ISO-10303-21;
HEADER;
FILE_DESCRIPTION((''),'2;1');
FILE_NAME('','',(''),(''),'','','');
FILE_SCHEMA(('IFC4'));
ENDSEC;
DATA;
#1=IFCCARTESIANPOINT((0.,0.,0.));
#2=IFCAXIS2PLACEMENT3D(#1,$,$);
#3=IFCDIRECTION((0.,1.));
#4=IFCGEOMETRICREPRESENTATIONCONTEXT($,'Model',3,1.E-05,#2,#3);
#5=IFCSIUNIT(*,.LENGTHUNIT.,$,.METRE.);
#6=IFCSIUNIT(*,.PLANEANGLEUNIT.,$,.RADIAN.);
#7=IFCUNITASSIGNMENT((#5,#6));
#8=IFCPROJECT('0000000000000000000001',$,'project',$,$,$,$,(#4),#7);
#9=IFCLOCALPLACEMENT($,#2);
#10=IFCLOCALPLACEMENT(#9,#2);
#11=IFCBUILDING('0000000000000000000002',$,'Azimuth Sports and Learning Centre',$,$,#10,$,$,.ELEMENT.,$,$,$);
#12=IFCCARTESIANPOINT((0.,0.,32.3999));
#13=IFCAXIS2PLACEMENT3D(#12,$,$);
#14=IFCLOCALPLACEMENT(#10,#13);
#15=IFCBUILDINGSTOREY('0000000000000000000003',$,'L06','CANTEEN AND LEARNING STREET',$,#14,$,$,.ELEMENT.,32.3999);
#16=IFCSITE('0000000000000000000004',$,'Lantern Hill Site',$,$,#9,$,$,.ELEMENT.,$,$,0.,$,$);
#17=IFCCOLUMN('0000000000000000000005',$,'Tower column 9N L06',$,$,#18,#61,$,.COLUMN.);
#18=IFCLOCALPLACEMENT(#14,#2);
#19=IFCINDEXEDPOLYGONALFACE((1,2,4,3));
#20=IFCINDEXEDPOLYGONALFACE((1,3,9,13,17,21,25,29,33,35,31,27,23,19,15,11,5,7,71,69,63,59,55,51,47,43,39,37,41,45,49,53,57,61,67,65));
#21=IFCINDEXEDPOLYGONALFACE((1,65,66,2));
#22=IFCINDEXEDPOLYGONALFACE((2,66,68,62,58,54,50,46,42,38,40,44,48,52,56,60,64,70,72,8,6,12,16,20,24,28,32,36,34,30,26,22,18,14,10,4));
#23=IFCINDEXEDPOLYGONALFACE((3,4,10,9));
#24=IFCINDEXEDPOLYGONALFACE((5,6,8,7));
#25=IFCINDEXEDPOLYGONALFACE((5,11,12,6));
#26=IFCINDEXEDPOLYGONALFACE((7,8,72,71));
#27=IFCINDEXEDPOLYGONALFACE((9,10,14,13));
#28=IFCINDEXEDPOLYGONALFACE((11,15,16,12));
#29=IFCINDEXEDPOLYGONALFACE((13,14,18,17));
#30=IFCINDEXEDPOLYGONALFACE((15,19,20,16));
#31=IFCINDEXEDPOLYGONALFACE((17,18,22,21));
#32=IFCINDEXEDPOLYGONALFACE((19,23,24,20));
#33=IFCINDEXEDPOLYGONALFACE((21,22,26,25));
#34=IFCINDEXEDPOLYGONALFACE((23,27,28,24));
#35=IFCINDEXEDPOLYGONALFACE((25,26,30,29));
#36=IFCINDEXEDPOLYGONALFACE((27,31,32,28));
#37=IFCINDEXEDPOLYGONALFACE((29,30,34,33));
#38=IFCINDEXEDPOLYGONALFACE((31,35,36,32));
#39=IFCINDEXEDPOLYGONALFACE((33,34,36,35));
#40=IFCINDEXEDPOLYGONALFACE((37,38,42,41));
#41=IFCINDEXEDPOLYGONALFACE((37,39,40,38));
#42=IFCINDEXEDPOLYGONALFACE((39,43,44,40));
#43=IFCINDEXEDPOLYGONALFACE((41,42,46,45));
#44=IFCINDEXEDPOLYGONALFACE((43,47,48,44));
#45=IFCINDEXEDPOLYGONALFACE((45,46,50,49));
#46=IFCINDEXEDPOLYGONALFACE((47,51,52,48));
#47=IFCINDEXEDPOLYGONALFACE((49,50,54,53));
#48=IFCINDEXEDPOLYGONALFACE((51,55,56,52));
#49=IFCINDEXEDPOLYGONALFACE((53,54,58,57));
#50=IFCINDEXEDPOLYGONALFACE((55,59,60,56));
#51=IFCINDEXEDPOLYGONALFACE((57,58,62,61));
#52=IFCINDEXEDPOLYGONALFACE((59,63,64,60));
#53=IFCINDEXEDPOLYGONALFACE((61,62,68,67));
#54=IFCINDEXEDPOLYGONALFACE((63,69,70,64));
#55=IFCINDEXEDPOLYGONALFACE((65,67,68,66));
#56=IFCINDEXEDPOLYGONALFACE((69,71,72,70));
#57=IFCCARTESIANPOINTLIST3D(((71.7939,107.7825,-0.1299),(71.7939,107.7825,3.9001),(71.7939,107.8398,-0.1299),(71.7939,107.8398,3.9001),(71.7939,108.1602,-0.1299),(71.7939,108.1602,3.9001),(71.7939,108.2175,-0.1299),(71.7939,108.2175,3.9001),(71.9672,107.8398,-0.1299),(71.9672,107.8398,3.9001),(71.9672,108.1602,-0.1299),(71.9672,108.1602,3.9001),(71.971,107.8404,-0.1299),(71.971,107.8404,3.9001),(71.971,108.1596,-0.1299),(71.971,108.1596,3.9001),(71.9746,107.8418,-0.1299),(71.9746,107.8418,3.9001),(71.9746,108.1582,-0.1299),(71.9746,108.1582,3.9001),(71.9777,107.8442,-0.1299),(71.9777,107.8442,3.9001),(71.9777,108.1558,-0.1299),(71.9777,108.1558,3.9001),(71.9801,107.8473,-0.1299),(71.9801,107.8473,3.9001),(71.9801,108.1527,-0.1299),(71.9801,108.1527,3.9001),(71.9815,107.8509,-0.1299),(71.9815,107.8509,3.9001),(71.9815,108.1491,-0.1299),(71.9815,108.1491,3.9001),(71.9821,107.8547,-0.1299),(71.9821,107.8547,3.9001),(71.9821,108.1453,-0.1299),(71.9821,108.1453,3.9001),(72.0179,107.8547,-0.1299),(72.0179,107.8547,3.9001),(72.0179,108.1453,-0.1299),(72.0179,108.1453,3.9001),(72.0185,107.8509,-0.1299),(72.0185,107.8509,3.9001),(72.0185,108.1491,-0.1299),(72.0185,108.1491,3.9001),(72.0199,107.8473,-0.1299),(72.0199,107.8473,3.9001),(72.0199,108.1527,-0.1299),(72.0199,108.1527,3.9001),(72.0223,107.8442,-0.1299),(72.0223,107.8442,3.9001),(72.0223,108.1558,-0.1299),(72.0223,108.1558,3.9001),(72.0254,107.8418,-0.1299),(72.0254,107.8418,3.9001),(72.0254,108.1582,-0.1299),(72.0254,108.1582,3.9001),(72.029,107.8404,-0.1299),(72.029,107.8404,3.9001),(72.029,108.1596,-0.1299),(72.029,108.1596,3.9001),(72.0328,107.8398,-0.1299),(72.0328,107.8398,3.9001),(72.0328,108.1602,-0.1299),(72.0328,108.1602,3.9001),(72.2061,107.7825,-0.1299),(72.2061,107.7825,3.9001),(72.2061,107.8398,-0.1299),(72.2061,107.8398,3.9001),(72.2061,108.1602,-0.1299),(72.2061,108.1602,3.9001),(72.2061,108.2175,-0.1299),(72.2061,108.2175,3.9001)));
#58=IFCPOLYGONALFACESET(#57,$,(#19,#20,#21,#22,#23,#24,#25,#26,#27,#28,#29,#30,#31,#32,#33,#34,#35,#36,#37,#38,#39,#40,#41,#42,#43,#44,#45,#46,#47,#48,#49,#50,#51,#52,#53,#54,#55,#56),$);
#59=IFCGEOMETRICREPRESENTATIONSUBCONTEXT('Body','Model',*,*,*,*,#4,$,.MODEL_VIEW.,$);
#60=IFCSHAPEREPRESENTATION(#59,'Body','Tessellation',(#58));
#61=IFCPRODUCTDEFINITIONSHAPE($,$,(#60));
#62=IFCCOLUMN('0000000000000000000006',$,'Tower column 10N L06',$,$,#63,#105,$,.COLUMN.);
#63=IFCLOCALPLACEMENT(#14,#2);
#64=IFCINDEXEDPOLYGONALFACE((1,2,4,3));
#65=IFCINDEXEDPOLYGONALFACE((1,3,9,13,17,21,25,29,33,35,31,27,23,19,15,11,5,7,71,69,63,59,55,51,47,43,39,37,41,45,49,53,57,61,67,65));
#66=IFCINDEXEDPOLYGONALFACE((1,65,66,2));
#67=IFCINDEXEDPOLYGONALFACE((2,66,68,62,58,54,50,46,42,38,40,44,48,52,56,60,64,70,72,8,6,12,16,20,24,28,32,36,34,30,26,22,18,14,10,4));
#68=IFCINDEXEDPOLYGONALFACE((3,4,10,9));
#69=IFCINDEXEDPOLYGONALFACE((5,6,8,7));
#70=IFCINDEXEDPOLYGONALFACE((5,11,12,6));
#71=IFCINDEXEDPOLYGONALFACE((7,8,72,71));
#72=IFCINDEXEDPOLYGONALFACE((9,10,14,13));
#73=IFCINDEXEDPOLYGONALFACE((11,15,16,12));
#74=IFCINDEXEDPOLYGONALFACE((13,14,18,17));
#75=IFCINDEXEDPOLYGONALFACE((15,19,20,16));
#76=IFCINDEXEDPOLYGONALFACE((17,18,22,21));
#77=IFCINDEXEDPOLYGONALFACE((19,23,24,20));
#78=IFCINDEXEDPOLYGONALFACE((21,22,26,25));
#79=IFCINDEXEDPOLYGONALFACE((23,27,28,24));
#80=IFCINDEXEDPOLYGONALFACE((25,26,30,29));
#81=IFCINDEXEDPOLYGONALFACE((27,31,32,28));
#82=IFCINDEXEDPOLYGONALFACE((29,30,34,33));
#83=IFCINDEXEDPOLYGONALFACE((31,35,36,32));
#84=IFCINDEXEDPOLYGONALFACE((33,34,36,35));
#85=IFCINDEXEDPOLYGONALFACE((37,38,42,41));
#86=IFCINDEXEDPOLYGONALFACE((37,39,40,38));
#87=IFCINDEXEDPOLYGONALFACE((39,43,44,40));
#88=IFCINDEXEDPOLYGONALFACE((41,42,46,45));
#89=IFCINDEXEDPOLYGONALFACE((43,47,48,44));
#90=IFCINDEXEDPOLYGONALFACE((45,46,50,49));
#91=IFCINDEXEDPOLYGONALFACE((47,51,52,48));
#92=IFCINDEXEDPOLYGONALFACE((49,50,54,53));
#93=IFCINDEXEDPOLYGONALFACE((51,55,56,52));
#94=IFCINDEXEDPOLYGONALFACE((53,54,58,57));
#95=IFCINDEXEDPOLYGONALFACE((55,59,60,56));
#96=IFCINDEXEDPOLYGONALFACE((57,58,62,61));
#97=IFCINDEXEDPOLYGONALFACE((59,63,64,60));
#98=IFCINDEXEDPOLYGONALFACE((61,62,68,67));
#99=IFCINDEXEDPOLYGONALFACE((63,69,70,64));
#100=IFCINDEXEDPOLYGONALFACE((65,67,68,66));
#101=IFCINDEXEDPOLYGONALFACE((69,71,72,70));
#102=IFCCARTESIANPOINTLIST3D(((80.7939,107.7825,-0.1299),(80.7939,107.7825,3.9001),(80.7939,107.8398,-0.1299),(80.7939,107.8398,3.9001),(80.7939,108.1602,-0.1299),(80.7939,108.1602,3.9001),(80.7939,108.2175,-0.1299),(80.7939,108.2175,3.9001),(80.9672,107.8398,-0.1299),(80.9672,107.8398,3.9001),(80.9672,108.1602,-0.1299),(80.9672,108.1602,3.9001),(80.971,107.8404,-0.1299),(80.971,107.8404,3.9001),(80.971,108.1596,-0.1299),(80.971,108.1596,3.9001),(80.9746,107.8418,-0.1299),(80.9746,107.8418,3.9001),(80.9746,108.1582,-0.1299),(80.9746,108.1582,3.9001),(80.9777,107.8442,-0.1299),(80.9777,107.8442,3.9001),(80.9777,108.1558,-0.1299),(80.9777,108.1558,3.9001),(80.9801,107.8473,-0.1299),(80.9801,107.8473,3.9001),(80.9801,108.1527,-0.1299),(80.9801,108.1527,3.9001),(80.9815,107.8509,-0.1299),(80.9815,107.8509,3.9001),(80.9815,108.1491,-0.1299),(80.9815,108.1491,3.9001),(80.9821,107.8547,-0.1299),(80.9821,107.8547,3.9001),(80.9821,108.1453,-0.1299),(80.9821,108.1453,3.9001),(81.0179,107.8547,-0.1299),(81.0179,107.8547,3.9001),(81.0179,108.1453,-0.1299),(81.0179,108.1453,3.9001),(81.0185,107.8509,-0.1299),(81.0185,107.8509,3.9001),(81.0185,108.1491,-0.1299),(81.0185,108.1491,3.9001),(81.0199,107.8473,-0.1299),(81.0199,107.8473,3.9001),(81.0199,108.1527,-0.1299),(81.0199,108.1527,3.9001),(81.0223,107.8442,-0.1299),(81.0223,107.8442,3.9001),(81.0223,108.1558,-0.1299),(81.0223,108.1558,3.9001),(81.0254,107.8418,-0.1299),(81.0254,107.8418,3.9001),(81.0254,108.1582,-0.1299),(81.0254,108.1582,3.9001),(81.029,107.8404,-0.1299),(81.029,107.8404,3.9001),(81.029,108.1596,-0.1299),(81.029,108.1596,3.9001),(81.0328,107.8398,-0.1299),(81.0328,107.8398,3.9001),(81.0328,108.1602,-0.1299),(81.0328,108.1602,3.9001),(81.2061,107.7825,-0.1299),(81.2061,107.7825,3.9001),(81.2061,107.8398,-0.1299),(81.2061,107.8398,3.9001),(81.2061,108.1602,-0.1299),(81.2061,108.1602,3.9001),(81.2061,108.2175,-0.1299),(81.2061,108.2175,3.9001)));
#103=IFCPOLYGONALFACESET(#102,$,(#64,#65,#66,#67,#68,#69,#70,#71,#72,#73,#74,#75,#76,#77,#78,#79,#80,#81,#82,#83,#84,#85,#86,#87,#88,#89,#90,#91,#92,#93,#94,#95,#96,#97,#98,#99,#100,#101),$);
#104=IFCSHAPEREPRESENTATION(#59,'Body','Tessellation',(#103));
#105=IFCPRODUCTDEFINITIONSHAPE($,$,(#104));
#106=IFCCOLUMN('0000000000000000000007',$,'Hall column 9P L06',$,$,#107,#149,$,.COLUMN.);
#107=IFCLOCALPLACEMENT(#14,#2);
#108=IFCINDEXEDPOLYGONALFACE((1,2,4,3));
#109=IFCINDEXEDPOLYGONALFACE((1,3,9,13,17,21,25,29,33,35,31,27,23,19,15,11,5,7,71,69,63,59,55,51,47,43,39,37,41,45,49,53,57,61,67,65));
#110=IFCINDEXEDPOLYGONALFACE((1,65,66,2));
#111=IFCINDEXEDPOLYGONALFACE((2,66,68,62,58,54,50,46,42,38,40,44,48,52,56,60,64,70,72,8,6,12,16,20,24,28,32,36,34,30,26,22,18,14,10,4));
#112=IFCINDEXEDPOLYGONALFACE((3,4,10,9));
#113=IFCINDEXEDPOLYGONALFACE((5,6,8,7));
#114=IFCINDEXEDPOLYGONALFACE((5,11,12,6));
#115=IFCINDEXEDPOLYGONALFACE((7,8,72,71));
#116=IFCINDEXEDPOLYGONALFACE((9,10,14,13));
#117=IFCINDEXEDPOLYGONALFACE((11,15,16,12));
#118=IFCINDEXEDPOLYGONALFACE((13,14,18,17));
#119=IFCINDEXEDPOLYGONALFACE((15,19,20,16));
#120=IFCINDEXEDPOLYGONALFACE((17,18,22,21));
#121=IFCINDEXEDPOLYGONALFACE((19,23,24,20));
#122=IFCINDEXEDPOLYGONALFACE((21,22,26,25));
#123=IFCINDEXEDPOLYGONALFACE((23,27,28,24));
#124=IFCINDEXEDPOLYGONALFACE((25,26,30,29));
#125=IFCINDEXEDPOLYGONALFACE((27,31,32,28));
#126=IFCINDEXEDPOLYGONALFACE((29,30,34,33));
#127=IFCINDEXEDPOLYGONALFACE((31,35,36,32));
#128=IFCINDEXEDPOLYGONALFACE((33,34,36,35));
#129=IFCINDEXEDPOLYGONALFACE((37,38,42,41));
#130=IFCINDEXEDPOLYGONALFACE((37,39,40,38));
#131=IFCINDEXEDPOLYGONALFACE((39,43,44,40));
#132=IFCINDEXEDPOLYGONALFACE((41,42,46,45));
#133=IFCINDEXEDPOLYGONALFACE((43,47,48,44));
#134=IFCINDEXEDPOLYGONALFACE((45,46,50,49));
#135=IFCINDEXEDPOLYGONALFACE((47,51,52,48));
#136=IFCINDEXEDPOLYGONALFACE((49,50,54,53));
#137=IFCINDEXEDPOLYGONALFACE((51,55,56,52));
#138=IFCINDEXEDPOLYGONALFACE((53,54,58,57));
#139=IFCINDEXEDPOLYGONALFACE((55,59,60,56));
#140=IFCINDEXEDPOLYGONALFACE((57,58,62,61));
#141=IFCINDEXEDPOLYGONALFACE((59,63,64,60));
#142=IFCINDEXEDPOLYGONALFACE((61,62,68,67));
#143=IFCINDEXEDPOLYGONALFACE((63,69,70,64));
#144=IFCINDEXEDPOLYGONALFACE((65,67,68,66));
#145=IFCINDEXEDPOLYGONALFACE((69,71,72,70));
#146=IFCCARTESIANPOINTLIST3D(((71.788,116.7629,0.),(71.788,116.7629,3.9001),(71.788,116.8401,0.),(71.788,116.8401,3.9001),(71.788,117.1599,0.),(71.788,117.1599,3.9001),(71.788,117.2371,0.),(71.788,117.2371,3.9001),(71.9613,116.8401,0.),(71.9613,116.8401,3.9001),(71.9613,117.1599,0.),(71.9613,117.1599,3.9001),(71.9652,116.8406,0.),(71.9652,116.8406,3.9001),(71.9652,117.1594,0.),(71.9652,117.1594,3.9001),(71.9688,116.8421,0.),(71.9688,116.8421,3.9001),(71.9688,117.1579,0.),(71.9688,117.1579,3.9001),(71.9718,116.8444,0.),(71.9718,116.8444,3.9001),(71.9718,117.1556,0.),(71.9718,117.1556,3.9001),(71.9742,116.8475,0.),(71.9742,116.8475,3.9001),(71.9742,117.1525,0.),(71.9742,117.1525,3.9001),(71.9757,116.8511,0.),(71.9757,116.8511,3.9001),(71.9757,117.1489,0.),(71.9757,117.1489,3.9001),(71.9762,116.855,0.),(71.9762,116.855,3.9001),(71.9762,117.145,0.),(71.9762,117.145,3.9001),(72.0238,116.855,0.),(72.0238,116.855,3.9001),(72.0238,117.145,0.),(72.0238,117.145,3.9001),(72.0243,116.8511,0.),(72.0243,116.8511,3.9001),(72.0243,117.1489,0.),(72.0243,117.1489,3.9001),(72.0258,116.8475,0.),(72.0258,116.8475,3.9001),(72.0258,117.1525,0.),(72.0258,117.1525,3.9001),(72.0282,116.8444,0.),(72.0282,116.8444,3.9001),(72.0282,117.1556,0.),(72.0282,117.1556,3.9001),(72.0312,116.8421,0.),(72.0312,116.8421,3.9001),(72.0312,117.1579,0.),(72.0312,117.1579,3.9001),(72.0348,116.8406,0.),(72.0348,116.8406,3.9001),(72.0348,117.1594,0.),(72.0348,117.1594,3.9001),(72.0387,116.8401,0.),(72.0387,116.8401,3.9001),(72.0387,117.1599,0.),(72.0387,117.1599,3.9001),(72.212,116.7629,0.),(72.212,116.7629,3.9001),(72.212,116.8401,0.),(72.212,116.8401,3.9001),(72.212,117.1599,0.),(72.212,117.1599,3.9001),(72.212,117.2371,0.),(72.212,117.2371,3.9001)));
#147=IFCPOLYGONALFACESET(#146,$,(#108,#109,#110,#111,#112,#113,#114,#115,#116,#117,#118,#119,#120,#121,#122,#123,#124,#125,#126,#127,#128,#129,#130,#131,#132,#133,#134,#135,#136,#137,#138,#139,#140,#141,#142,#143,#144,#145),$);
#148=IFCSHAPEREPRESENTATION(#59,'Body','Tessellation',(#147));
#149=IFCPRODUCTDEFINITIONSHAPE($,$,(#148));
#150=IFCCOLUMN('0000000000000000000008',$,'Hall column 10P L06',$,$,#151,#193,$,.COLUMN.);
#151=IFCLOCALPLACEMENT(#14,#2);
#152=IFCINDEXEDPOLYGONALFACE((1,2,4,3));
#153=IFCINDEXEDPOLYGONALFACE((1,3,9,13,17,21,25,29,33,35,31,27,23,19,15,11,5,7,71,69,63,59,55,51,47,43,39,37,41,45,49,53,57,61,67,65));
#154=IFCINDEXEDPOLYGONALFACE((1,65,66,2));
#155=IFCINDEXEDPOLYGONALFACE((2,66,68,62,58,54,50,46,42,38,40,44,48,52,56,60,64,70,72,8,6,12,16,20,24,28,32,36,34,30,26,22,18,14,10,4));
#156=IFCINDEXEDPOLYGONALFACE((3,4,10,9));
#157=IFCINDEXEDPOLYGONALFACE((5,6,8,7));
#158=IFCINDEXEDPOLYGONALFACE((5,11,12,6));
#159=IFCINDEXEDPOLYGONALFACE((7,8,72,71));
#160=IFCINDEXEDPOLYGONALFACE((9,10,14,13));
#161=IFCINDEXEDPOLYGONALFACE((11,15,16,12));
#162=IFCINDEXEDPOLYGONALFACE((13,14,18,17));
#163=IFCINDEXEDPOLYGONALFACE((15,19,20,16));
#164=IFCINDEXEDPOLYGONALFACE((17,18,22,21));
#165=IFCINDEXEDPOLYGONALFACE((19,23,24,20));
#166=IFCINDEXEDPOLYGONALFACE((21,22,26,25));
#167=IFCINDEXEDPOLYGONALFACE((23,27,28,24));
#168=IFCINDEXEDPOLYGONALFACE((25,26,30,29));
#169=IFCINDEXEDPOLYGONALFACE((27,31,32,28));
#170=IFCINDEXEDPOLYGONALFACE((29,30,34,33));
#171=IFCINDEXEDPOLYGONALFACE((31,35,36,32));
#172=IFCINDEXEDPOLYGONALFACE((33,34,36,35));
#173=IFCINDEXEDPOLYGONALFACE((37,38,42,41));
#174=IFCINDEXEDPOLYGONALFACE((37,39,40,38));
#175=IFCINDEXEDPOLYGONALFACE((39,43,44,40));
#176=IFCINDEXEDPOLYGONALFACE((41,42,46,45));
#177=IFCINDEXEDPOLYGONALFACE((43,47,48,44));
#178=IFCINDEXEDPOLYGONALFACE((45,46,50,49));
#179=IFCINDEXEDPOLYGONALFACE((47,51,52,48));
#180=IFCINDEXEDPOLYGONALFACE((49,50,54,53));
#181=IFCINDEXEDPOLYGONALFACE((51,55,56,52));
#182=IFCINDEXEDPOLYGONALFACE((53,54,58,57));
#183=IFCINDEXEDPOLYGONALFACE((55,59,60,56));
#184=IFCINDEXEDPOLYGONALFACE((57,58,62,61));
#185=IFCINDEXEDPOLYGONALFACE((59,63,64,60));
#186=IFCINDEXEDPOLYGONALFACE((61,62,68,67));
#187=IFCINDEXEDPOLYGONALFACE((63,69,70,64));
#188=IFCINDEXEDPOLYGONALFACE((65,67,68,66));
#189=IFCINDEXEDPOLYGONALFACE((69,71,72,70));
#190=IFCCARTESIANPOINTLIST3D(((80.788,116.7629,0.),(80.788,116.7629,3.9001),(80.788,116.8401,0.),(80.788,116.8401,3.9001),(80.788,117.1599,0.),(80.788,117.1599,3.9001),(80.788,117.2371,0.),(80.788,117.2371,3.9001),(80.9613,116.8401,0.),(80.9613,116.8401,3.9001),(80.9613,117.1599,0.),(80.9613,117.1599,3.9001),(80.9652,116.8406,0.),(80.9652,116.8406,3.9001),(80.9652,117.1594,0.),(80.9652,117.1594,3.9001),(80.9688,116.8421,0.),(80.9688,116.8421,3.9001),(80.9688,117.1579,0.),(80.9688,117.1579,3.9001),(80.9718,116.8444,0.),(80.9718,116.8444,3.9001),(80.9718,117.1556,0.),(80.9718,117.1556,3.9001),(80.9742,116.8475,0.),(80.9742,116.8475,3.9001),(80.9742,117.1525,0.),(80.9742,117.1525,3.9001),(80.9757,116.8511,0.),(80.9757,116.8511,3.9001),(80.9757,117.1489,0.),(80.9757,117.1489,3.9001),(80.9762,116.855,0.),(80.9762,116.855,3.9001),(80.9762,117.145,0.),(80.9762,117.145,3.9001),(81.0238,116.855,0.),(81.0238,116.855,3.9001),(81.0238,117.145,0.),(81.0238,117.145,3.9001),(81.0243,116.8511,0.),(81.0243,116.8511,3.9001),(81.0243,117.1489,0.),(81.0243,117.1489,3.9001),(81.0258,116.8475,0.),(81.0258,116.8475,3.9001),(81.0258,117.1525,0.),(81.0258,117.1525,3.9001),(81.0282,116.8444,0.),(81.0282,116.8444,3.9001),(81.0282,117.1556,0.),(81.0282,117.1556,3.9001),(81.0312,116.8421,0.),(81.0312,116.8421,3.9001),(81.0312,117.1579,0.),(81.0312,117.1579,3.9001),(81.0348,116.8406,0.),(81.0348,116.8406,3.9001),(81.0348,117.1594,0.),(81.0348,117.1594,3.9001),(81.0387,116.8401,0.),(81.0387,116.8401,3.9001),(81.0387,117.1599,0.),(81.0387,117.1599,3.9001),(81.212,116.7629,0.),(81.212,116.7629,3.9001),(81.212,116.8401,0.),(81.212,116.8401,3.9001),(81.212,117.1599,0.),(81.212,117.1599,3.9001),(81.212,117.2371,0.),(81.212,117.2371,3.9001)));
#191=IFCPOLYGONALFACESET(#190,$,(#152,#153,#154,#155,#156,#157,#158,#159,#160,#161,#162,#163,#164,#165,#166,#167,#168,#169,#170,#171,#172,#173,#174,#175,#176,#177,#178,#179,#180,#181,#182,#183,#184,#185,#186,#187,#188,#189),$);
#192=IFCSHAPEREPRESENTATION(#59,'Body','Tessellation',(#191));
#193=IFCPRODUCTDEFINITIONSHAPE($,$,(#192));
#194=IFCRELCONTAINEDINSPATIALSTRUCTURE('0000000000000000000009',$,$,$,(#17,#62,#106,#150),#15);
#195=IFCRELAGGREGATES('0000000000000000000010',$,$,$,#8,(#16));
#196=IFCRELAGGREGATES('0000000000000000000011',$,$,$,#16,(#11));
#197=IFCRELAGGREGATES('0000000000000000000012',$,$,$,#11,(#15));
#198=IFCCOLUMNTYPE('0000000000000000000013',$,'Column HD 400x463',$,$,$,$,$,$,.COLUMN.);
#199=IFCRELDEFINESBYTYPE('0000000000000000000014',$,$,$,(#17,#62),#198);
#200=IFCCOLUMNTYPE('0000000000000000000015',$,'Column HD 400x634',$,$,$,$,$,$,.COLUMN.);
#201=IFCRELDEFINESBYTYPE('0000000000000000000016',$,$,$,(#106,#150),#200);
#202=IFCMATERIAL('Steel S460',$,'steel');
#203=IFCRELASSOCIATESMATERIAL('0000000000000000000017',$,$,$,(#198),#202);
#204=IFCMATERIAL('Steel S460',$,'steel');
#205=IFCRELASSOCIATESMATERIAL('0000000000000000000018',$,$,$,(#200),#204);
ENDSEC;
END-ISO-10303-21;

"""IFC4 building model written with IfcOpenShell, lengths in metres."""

from ifc_helpers import new_model, si_unit, direction, frame, origin, origin_2d, place, context, subcontext, project, spatial, i_section, extrude, material, material_profile, profile_set, type_object, element, save


model = new_model("IFC4")

# Units and contexts
model_context = context("Model", 3, precision=1e-05, world=origin(), true_north=direction((0.0, 1.0)))
body_context = subcontext(model_context, "Body", "Model", "MODEL_VIEW")
ifc_project = project(units=[si_unit("LENGTHUNIT", "METRE"), si_unit("PLANEANGLEUNIT", "RADIAN")], contexts=[model_context])

# Site, building, storey
site_placement = place(None, origin())
site = spatial("IfcSite", under=ifc_project, at=site_placement, Name="Lantern Hill Site", CompositionType="ELEMENT", RefElevation=0.0)
building_placement = place(site_placement, origin())
building = spatial("IfcBuilding", under=site, at=building_placement, Name="Azimuth Sports and Learning Centre", CompositionType="ELEMENT")
storey_placement = place(building_placement, frame((0.0, 0.0, 32.3999)))
storey = spatial("IfcBuildingStorey", under=building, at=storey_placement, Name="L06", Description="CANTEEN AND LEARNING STREET", CompositionType="ELEMENT", Elevation=32.3999)

# Columns
ifc_material_1 = material(Name="Steel S460", Category="steel")
ifc_material_profile_1 = material_profile(ifc_material_1, i_section(OverallWidth=0.4121, OverallDepth=0.4351, WebThickness=0.0359, FlangeThickness=0.0574, FilletRadius=0.0149, at=origin_2d()), Name="HD 400x463")
ifc_profile_set_1 = profile_set([ifc_material_profile_1], Name="Steel S460")
column_type_1 = type_object("IfcColumnType", Name="Column HD 400x463", PredefinedType="COLUMN", material=ifc_profile_set_1)
for number, where, z_axis, x_axis, name in (
    (1, (72.0, 108.0, -0.1299), (0.0, 0.0, 1.0), (1.0, 0.0, 0.0), "Tower column 9N L06"),
    (2, (81.0, 108.0, -0.1299), (0.0, 0.0, 1.0), (1.0, 0.0, 0.0), "Tower column 10N L06"),
):
    element("IfcColumn", number, at=place(storey_placement, frame(where, z_axis=z_axis, x_axis=x_axis)), inside=storey, type_object=column_type_1, Name=name, PredefinedType="COLUMN", context=body_context, shape_type="SweptSolid", body=[
        extrude(i_section(OverallWidth=0.4121, OverallDepth=0.4351, WebThickness=0.0359, FlangeThickness=0.0574, FilletRadius=0.0149, at=origin_2d()), origin(), (0.0, 0.0, 1.0), 4.03),
    ])
ifc_material_2 = material(Name="Steel S460", Category="steel")
ifc_material_profile_2 = material_profile(ifc_material_2, i_section(OverallWidth=0.4241, OverallDepth=0.4741, WebThickness=0.0476, FlangeThickness=0.0771, FilletRadius=0.0149, at=origin_2d()), Name="HD 400x634")
ifc_profile_set_2 = profile_set([ifc_material_profile_2], Name="Steel S460")
column_type_2 = type_object("IfcColumnType", Name="Column HD 400x634", PredefinedType="COLUMN", material=ifc_profile_set_2)
for number, where, z_axis, x_axis, name in (
    (3, (72.0, 117.0, 0.0), (0.0, 0.0, 1.0), (1.0, 0.0, 0.0), "Hall column 9P L06"),
    (4, (81.0, 117.0, 0.0), (0.0, 0.0, 1.0), (1.0, 0.0, 0.0), "Hall column 10P L06"),
):
    element("IfcColumn", number, at=place(storey_placement, frame(where, z_axis=z_axis, x_axis=x_axis)), inside=storey, type_object=column_type_2, Name=name, PredefinedType="COLUMN", context=body_context, shape_type="SweptSolid", body=[
        extrude(i_section(OverallWidth=0.4241, OverallDepth=0.4741, WebThickness=0.0476, FlangeThickness=0.0771, FilletRadius=0.0149, at=origin_2d()), origin(), (0.0, 0.0, 1.0), 3.9001),
    ])

save(model, "model.ifc")
